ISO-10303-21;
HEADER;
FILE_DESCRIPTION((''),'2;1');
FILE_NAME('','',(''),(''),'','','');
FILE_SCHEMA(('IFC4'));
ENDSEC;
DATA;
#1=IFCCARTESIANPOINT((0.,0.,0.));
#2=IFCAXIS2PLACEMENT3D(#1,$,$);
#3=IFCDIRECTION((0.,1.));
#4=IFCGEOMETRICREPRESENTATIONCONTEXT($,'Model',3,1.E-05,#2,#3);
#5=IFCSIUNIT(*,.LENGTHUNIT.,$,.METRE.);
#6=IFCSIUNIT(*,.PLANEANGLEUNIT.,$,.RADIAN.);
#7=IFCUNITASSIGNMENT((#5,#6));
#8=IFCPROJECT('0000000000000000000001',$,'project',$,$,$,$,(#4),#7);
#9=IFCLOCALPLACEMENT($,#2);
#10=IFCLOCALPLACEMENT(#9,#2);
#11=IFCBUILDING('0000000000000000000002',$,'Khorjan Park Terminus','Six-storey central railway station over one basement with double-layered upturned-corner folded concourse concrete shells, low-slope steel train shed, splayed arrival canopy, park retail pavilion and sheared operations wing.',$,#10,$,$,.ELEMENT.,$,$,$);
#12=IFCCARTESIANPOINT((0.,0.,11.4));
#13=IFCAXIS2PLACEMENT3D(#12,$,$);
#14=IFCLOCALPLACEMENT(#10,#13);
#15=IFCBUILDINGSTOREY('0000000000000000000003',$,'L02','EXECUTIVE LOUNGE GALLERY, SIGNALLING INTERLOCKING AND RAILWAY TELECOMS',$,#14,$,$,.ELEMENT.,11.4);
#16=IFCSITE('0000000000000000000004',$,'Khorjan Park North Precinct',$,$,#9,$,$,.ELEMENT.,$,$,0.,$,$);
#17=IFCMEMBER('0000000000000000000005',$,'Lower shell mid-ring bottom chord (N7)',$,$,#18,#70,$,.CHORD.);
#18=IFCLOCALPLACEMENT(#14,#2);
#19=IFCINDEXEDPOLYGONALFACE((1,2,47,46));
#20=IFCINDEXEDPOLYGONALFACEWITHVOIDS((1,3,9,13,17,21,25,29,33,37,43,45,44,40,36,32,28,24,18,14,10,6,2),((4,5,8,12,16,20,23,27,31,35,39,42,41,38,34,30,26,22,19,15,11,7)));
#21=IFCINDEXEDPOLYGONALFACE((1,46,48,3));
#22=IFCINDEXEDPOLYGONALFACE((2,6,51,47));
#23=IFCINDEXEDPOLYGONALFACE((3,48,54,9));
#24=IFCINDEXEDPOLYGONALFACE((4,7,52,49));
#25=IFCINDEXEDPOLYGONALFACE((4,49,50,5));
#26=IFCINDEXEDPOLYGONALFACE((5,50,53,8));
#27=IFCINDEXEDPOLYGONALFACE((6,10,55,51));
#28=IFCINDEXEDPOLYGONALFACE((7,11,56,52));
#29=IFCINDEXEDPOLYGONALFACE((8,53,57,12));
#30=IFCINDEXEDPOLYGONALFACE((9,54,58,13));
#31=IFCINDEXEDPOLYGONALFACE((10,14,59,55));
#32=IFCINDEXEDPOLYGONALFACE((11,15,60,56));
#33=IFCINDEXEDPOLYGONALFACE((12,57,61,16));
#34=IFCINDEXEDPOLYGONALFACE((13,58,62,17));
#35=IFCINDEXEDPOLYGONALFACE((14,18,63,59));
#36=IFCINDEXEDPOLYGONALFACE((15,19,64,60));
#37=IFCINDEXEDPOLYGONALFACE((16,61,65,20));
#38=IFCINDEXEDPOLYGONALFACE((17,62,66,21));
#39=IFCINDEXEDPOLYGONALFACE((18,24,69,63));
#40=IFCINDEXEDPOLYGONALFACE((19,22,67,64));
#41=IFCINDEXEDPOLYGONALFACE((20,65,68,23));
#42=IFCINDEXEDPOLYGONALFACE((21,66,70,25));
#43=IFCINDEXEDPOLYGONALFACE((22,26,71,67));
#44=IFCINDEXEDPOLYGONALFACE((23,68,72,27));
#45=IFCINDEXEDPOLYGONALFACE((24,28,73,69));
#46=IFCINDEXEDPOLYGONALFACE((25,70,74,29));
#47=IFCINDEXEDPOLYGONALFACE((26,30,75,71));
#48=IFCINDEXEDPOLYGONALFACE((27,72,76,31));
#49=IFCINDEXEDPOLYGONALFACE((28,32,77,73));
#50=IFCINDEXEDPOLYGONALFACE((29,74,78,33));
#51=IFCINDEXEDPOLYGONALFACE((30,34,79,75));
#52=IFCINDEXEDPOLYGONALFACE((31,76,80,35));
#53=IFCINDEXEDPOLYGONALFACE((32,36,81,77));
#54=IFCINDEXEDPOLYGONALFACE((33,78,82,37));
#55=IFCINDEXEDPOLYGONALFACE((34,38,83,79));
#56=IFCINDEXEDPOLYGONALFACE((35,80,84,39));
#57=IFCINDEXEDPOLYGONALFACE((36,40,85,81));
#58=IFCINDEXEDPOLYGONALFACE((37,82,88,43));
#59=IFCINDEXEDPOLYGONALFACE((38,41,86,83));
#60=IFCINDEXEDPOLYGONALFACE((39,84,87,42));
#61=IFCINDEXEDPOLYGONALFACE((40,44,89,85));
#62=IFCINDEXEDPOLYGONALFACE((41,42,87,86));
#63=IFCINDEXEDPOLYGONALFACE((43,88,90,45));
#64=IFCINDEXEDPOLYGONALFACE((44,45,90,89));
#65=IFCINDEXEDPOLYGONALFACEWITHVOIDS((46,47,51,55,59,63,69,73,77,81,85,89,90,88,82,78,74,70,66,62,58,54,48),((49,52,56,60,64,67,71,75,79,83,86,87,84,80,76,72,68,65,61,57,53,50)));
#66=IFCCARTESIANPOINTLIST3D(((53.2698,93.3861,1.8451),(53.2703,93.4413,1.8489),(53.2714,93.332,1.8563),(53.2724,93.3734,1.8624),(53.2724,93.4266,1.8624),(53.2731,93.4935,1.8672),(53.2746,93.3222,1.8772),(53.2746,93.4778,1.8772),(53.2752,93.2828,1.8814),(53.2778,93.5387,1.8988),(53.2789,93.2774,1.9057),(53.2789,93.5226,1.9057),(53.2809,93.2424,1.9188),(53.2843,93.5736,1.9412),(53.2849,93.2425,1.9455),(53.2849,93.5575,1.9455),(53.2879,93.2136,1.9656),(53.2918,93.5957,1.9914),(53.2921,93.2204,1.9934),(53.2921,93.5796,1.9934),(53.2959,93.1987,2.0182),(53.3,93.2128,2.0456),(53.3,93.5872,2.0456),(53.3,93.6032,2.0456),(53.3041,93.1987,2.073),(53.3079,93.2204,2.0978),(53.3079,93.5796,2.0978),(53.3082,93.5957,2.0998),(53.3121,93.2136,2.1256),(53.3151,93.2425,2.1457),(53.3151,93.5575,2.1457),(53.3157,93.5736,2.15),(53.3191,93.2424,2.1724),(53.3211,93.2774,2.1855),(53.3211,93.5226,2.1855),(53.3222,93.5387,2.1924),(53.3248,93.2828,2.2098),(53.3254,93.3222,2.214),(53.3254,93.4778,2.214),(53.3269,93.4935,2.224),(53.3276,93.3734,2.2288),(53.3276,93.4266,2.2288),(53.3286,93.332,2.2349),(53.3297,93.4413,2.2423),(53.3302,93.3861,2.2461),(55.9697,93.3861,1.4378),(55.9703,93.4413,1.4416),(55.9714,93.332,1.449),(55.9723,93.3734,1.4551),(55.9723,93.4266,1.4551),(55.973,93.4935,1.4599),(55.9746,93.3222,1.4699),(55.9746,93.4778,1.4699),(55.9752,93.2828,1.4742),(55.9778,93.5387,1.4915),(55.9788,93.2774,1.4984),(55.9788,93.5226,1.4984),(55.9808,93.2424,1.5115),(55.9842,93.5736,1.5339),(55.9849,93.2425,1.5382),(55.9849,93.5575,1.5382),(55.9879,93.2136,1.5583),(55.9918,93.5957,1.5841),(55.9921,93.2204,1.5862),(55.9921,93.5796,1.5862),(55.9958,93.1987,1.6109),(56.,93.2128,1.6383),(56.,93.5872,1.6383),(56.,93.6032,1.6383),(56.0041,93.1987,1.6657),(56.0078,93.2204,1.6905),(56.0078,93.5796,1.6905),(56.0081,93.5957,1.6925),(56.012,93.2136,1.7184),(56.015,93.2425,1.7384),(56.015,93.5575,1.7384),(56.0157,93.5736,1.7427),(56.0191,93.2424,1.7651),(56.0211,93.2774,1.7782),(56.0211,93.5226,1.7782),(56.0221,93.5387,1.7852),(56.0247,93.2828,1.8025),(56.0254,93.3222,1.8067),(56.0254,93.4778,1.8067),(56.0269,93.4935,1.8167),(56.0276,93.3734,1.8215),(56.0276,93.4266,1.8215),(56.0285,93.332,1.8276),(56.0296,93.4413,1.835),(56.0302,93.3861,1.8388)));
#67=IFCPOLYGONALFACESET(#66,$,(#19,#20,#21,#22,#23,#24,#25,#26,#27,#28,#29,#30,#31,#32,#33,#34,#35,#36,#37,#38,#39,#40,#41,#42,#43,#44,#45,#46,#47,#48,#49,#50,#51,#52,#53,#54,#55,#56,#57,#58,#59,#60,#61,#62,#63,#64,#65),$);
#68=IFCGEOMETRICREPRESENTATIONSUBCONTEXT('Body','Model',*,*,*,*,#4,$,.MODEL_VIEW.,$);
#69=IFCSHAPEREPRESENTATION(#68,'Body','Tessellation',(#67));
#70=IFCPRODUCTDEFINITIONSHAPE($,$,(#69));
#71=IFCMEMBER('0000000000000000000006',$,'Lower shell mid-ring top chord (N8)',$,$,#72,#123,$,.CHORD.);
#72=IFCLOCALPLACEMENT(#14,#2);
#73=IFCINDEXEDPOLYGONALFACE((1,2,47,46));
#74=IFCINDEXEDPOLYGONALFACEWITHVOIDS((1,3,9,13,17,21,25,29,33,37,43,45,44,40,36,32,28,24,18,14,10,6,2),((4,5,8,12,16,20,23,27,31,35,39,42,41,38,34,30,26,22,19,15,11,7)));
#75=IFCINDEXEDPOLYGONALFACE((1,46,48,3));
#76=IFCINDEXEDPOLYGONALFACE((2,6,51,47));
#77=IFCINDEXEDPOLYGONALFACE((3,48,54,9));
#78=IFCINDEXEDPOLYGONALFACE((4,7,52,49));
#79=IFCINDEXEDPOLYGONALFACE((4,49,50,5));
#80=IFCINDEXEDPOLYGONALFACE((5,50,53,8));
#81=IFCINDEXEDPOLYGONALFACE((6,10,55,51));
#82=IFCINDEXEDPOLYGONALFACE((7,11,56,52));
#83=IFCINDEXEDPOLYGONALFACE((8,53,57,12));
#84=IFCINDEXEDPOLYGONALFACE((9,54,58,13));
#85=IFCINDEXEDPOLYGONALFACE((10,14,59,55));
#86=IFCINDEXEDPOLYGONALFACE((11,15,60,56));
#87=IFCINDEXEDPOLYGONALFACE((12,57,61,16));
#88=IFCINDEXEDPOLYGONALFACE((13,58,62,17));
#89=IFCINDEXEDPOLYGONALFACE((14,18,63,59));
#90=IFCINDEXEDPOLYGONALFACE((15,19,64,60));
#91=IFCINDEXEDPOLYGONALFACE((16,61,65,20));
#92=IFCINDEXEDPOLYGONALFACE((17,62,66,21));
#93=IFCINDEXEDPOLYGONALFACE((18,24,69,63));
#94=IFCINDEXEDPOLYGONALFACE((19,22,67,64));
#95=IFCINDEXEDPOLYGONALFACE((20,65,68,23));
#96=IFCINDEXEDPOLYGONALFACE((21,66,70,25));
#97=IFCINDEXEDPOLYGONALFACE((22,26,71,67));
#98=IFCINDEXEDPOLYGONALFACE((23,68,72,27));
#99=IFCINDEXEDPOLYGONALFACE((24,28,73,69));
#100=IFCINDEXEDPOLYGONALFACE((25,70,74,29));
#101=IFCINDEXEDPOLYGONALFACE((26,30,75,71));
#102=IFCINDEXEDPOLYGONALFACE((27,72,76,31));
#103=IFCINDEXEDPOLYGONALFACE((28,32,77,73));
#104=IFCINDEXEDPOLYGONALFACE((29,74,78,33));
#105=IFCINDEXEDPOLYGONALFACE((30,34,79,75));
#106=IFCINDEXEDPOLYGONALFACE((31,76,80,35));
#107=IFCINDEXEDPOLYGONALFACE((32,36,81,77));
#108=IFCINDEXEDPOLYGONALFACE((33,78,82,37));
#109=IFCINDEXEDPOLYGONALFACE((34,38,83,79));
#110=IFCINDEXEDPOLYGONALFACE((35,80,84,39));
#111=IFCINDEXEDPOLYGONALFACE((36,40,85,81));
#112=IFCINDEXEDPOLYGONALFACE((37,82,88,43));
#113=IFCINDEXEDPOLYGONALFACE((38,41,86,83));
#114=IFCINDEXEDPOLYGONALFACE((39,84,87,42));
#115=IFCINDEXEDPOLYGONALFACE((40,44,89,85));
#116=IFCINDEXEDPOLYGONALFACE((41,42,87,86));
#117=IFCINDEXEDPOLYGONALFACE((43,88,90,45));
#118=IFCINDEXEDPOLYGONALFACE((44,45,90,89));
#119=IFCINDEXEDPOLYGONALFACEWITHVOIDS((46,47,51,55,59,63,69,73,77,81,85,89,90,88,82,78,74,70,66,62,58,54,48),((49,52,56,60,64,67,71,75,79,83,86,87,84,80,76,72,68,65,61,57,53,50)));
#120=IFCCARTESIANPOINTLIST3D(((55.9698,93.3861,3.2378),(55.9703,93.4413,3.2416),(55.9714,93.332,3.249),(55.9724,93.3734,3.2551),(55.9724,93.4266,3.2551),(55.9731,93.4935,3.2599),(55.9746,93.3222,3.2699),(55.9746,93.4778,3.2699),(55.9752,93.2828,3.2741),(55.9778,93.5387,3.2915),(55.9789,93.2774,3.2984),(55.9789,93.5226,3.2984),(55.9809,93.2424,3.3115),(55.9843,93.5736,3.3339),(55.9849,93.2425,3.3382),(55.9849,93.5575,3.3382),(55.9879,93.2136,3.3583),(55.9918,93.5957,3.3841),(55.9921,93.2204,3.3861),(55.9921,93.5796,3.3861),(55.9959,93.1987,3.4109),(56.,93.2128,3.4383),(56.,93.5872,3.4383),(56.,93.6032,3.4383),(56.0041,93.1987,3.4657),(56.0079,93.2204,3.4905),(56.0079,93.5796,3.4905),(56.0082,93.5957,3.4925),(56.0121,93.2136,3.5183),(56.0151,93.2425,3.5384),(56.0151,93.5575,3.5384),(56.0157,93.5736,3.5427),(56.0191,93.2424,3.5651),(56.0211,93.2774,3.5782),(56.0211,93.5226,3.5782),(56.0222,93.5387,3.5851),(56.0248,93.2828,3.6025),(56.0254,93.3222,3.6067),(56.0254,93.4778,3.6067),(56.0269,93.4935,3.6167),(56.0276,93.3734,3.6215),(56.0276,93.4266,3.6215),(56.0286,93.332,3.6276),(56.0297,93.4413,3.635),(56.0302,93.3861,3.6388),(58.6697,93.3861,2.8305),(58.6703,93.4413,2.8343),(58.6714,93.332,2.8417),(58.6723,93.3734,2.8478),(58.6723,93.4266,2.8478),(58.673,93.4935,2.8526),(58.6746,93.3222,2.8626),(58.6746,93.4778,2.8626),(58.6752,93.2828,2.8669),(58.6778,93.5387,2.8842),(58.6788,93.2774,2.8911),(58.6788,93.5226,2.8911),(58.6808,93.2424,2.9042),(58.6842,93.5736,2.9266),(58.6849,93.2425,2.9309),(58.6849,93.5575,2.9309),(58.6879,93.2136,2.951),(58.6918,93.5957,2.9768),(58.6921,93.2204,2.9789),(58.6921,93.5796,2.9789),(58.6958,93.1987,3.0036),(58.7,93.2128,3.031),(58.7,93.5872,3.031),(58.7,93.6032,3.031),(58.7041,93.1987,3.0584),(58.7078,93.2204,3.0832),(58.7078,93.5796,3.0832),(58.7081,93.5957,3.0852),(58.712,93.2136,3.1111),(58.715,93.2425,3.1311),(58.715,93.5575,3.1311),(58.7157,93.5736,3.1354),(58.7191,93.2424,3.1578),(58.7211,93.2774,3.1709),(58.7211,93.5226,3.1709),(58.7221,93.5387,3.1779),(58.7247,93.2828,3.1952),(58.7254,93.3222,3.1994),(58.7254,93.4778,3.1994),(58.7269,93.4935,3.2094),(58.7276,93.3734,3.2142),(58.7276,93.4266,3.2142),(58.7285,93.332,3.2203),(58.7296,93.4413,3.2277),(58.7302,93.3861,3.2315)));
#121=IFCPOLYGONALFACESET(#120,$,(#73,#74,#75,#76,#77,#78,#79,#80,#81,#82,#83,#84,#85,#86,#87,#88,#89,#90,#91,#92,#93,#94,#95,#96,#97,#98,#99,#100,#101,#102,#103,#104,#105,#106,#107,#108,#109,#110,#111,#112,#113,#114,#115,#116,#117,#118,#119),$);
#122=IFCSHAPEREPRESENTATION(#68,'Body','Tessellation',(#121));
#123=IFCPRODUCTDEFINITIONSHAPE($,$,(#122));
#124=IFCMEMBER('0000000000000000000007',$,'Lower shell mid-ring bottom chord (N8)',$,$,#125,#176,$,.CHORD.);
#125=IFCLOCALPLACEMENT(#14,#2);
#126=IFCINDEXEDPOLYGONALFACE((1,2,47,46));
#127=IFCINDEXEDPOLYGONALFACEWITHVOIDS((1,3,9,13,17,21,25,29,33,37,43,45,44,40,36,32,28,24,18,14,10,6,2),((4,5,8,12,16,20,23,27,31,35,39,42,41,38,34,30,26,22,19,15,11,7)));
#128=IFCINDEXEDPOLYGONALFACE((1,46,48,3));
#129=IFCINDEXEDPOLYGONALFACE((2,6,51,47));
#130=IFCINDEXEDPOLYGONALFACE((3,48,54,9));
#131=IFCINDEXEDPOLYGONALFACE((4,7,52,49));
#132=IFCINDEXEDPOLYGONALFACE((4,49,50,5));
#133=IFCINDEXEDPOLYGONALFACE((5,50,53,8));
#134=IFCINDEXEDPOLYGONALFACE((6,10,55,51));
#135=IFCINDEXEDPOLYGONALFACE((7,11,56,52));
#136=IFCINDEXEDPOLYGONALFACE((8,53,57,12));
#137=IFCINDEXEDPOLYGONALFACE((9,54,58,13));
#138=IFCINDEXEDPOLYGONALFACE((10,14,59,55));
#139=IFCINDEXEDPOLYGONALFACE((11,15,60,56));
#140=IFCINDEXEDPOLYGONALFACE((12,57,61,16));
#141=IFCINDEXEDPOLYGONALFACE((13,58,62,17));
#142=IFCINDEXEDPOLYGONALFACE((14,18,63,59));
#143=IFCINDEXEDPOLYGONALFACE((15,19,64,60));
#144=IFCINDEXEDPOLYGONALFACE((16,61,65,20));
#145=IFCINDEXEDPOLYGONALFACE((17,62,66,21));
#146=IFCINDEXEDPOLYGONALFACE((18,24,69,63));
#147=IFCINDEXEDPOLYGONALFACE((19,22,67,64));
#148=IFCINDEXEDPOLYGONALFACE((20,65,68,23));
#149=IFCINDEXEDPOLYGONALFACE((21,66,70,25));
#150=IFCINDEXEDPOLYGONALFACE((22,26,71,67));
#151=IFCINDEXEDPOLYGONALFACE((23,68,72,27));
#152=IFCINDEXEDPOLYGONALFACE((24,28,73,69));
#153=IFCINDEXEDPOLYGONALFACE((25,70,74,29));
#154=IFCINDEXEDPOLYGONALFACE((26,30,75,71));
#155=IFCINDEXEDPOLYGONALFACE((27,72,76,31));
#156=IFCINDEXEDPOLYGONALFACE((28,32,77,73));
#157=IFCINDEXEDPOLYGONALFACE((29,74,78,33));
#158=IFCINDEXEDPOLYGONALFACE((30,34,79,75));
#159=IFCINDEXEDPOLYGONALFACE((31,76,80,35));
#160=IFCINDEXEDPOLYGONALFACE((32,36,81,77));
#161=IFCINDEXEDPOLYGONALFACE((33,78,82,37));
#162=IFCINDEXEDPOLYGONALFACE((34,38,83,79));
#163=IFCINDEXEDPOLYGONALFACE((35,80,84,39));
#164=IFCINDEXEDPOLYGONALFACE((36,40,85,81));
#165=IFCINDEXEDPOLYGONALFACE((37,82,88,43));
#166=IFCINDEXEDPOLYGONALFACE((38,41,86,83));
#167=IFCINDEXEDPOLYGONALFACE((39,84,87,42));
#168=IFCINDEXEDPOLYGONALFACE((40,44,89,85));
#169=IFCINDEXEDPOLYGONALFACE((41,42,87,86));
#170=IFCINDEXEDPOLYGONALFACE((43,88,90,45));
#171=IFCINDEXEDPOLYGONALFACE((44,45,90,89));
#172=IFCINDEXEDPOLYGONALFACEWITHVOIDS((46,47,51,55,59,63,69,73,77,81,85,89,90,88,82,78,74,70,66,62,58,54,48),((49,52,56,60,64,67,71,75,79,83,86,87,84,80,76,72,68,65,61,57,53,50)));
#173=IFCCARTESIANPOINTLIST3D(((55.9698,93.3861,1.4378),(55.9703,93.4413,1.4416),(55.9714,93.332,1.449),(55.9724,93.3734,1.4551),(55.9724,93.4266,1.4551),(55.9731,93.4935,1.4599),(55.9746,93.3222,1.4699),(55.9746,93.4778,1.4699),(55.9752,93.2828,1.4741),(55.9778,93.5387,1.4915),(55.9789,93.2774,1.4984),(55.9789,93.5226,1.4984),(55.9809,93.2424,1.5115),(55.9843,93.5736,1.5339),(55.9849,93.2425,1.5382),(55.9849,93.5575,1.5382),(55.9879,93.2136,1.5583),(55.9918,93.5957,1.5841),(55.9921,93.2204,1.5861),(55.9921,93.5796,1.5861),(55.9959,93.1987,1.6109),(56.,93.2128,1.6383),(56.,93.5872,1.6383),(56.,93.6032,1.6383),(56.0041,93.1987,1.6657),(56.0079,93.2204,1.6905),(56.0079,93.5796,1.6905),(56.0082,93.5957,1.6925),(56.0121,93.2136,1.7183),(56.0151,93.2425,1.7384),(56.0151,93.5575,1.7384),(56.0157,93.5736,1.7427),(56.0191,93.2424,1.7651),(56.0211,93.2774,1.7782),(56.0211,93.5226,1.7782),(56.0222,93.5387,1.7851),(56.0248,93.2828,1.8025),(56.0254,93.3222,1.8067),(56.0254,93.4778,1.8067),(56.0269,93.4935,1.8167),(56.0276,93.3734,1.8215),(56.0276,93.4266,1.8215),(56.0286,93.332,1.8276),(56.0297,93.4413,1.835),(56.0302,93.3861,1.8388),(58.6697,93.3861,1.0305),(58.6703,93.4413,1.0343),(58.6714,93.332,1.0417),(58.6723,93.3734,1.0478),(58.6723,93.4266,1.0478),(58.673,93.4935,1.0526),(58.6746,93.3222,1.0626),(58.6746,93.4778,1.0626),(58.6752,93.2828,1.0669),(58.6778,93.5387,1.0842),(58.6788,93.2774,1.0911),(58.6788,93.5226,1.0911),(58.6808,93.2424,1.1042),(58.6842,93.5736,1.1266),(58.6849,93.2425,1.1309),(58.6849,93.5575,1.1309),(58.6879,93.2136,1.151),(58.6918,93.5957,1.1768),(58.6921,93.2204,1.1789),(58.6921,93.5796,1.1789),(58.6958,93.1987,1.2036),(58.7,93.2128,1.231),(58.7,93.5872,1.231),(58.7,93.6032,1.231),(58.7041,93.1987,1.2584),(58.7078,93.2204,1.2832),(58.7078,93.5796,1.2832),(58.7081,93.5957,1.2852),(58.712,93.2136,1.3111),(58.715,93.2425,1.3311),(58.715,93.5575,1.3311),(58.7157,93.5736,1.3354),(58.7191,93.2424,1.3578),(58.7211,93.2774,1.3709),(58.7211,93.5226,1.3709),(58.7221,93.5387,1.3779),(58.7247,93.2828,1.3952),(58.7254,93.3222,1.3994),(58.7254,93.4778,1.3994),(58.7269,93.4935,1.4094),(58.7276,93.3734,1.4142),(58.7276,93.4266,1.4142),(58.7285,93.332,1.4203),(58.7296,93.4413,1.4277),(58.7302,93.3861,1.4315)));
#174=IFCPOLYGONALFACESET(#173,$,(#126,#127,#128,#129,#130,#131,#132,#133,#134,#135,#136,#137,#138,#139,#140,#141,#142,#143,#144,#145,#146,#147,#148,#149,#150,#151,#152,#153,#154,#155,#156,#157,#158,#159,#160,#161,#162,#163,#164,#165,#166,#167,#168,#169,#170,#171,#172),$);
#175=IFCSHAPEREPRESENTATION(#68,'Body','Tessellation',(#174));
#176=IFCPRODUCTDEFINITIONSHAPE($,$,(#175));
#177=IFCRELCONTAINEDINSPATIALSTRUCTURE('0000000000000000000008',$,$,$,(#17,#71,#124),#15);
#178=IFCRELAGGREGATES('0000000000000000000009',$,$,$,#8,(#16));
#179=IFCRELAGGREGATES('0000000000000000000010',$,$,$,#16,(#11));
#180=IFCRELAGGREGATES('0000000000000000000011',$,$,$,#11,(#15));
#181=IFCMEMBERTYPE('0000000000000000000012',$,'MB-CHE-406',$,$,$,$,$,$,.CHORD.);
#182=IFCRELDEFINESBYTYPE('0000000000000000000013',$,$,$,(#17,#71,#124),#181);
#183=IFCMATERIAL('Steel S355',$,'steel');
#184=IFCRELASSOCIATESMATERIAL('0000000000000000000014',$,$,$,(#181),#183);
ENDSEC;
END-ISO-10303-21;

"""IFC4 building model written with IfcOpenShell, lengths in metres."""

from ifc_helpers import new_model, si_unit, direction, frame, origin, origin_2d, place, context, subcontext, project, spatial, hollow_circle, extrude, material, material_profile, profile_set, type_object, element, save


model = new_model("IFC4")

# Units and contexts
model_context = context("Model", 3, precision=1e-05, world=origin(), true_north=direction((0.0, 1.0)))
body_context = subcontext(model_context, "Body", "Model", "MODEL_VIEW")
ifc_project = project(units=[si_unit("LENGTHUNIT", "METRE"), si_unit("PLANEANGLEUNIT", "RADIAN")], contexts=[model_context])

# Site, building, storey
site_placement = place(None, origin())
site = spatial("IfcSite", under=ifc_project, at=site_placement, Name="Khorjan Park North Precinct", CompositionType="ELEMENT", RefElevation=0.0)
building_placement = place(site_placement, origin())
building = spatial("IfcBuilding", under=site, at=building_placement, Name="Khorjan Park Terminus", Description="Six-storey central railway station over one basement with double-layered upturned-corner folded concourse concrete shells, low-slope steel train shed, splayed arrival canopy, park retail pavilion and sheared operations wing.", CompositionType="ELEMENT")
storey_placement = place(building_placement, frame((0.0, 0.0, 11.4)))
storey = spatial("IfcBuildingStorey", under=building, at=storey_placement, Name="L02", Description="EXECUTIVE LOUNGE GALLERY, SIGNALLING INTERLOCKING AND RAILWAY TELECOMS", CompositionType="ELEMENT", Elevation=11.4)

# Members
ifc_material_1 = material(Name="Steel S355", Category="steel")
ifc_material_profile_1 = material_profile(ifc_material_1, hollow_circle(Radius=0.2032, WallThickness=0.016, at=origin_2d()), Name="CHS 406.4x16")
ifc_profile_set_1 = profile_set([ifc_material_profile_1], Name="Steel S355")
member_type_1 = type_object("IfcMemberType", Name="MB-CHE-406", PredefinedType="CHORD", material=ifc_profile_set_1)
for number, where, z_axis, x_axis, name in (
    (1, (53.3, 93.4, 2.0456), (0.988812, 0.0, -0.149164), (0.0, 1.0, 0.0), "Lower shell mid-ring bottom chord (N7)"),
    (2, (56.0, 93.4, 3.4383), (0.988812, 0.0, -0.149164), (0.0, 1.0, 0.0), "Lower shell mid-ring top chord (N8)"),
    (3, (56.0, 93.4, 1.6383), (0.988812, 0.0, -0.149164), (0.0, 1.0, 0.0), "Lower shell mid-ring bottom chord (N8)"),
):
    element("IfcMember", number, at=place(storey_placement, frame(where, z_axis=z_axis, x_axis=x_axis)), inside=storey, type_object=member_type_1, Name=name, PredefinedType="CHORD", context=body_context, shape_type="SweptSolid", body=[
        extrude(hollow_circle(Radius=0.2032, WallThickness=0.016, at=origin_2d()), origin(), (0.0, 0.0, 1.0), 2.7305),
    ])

save(model, "model.ifc")
